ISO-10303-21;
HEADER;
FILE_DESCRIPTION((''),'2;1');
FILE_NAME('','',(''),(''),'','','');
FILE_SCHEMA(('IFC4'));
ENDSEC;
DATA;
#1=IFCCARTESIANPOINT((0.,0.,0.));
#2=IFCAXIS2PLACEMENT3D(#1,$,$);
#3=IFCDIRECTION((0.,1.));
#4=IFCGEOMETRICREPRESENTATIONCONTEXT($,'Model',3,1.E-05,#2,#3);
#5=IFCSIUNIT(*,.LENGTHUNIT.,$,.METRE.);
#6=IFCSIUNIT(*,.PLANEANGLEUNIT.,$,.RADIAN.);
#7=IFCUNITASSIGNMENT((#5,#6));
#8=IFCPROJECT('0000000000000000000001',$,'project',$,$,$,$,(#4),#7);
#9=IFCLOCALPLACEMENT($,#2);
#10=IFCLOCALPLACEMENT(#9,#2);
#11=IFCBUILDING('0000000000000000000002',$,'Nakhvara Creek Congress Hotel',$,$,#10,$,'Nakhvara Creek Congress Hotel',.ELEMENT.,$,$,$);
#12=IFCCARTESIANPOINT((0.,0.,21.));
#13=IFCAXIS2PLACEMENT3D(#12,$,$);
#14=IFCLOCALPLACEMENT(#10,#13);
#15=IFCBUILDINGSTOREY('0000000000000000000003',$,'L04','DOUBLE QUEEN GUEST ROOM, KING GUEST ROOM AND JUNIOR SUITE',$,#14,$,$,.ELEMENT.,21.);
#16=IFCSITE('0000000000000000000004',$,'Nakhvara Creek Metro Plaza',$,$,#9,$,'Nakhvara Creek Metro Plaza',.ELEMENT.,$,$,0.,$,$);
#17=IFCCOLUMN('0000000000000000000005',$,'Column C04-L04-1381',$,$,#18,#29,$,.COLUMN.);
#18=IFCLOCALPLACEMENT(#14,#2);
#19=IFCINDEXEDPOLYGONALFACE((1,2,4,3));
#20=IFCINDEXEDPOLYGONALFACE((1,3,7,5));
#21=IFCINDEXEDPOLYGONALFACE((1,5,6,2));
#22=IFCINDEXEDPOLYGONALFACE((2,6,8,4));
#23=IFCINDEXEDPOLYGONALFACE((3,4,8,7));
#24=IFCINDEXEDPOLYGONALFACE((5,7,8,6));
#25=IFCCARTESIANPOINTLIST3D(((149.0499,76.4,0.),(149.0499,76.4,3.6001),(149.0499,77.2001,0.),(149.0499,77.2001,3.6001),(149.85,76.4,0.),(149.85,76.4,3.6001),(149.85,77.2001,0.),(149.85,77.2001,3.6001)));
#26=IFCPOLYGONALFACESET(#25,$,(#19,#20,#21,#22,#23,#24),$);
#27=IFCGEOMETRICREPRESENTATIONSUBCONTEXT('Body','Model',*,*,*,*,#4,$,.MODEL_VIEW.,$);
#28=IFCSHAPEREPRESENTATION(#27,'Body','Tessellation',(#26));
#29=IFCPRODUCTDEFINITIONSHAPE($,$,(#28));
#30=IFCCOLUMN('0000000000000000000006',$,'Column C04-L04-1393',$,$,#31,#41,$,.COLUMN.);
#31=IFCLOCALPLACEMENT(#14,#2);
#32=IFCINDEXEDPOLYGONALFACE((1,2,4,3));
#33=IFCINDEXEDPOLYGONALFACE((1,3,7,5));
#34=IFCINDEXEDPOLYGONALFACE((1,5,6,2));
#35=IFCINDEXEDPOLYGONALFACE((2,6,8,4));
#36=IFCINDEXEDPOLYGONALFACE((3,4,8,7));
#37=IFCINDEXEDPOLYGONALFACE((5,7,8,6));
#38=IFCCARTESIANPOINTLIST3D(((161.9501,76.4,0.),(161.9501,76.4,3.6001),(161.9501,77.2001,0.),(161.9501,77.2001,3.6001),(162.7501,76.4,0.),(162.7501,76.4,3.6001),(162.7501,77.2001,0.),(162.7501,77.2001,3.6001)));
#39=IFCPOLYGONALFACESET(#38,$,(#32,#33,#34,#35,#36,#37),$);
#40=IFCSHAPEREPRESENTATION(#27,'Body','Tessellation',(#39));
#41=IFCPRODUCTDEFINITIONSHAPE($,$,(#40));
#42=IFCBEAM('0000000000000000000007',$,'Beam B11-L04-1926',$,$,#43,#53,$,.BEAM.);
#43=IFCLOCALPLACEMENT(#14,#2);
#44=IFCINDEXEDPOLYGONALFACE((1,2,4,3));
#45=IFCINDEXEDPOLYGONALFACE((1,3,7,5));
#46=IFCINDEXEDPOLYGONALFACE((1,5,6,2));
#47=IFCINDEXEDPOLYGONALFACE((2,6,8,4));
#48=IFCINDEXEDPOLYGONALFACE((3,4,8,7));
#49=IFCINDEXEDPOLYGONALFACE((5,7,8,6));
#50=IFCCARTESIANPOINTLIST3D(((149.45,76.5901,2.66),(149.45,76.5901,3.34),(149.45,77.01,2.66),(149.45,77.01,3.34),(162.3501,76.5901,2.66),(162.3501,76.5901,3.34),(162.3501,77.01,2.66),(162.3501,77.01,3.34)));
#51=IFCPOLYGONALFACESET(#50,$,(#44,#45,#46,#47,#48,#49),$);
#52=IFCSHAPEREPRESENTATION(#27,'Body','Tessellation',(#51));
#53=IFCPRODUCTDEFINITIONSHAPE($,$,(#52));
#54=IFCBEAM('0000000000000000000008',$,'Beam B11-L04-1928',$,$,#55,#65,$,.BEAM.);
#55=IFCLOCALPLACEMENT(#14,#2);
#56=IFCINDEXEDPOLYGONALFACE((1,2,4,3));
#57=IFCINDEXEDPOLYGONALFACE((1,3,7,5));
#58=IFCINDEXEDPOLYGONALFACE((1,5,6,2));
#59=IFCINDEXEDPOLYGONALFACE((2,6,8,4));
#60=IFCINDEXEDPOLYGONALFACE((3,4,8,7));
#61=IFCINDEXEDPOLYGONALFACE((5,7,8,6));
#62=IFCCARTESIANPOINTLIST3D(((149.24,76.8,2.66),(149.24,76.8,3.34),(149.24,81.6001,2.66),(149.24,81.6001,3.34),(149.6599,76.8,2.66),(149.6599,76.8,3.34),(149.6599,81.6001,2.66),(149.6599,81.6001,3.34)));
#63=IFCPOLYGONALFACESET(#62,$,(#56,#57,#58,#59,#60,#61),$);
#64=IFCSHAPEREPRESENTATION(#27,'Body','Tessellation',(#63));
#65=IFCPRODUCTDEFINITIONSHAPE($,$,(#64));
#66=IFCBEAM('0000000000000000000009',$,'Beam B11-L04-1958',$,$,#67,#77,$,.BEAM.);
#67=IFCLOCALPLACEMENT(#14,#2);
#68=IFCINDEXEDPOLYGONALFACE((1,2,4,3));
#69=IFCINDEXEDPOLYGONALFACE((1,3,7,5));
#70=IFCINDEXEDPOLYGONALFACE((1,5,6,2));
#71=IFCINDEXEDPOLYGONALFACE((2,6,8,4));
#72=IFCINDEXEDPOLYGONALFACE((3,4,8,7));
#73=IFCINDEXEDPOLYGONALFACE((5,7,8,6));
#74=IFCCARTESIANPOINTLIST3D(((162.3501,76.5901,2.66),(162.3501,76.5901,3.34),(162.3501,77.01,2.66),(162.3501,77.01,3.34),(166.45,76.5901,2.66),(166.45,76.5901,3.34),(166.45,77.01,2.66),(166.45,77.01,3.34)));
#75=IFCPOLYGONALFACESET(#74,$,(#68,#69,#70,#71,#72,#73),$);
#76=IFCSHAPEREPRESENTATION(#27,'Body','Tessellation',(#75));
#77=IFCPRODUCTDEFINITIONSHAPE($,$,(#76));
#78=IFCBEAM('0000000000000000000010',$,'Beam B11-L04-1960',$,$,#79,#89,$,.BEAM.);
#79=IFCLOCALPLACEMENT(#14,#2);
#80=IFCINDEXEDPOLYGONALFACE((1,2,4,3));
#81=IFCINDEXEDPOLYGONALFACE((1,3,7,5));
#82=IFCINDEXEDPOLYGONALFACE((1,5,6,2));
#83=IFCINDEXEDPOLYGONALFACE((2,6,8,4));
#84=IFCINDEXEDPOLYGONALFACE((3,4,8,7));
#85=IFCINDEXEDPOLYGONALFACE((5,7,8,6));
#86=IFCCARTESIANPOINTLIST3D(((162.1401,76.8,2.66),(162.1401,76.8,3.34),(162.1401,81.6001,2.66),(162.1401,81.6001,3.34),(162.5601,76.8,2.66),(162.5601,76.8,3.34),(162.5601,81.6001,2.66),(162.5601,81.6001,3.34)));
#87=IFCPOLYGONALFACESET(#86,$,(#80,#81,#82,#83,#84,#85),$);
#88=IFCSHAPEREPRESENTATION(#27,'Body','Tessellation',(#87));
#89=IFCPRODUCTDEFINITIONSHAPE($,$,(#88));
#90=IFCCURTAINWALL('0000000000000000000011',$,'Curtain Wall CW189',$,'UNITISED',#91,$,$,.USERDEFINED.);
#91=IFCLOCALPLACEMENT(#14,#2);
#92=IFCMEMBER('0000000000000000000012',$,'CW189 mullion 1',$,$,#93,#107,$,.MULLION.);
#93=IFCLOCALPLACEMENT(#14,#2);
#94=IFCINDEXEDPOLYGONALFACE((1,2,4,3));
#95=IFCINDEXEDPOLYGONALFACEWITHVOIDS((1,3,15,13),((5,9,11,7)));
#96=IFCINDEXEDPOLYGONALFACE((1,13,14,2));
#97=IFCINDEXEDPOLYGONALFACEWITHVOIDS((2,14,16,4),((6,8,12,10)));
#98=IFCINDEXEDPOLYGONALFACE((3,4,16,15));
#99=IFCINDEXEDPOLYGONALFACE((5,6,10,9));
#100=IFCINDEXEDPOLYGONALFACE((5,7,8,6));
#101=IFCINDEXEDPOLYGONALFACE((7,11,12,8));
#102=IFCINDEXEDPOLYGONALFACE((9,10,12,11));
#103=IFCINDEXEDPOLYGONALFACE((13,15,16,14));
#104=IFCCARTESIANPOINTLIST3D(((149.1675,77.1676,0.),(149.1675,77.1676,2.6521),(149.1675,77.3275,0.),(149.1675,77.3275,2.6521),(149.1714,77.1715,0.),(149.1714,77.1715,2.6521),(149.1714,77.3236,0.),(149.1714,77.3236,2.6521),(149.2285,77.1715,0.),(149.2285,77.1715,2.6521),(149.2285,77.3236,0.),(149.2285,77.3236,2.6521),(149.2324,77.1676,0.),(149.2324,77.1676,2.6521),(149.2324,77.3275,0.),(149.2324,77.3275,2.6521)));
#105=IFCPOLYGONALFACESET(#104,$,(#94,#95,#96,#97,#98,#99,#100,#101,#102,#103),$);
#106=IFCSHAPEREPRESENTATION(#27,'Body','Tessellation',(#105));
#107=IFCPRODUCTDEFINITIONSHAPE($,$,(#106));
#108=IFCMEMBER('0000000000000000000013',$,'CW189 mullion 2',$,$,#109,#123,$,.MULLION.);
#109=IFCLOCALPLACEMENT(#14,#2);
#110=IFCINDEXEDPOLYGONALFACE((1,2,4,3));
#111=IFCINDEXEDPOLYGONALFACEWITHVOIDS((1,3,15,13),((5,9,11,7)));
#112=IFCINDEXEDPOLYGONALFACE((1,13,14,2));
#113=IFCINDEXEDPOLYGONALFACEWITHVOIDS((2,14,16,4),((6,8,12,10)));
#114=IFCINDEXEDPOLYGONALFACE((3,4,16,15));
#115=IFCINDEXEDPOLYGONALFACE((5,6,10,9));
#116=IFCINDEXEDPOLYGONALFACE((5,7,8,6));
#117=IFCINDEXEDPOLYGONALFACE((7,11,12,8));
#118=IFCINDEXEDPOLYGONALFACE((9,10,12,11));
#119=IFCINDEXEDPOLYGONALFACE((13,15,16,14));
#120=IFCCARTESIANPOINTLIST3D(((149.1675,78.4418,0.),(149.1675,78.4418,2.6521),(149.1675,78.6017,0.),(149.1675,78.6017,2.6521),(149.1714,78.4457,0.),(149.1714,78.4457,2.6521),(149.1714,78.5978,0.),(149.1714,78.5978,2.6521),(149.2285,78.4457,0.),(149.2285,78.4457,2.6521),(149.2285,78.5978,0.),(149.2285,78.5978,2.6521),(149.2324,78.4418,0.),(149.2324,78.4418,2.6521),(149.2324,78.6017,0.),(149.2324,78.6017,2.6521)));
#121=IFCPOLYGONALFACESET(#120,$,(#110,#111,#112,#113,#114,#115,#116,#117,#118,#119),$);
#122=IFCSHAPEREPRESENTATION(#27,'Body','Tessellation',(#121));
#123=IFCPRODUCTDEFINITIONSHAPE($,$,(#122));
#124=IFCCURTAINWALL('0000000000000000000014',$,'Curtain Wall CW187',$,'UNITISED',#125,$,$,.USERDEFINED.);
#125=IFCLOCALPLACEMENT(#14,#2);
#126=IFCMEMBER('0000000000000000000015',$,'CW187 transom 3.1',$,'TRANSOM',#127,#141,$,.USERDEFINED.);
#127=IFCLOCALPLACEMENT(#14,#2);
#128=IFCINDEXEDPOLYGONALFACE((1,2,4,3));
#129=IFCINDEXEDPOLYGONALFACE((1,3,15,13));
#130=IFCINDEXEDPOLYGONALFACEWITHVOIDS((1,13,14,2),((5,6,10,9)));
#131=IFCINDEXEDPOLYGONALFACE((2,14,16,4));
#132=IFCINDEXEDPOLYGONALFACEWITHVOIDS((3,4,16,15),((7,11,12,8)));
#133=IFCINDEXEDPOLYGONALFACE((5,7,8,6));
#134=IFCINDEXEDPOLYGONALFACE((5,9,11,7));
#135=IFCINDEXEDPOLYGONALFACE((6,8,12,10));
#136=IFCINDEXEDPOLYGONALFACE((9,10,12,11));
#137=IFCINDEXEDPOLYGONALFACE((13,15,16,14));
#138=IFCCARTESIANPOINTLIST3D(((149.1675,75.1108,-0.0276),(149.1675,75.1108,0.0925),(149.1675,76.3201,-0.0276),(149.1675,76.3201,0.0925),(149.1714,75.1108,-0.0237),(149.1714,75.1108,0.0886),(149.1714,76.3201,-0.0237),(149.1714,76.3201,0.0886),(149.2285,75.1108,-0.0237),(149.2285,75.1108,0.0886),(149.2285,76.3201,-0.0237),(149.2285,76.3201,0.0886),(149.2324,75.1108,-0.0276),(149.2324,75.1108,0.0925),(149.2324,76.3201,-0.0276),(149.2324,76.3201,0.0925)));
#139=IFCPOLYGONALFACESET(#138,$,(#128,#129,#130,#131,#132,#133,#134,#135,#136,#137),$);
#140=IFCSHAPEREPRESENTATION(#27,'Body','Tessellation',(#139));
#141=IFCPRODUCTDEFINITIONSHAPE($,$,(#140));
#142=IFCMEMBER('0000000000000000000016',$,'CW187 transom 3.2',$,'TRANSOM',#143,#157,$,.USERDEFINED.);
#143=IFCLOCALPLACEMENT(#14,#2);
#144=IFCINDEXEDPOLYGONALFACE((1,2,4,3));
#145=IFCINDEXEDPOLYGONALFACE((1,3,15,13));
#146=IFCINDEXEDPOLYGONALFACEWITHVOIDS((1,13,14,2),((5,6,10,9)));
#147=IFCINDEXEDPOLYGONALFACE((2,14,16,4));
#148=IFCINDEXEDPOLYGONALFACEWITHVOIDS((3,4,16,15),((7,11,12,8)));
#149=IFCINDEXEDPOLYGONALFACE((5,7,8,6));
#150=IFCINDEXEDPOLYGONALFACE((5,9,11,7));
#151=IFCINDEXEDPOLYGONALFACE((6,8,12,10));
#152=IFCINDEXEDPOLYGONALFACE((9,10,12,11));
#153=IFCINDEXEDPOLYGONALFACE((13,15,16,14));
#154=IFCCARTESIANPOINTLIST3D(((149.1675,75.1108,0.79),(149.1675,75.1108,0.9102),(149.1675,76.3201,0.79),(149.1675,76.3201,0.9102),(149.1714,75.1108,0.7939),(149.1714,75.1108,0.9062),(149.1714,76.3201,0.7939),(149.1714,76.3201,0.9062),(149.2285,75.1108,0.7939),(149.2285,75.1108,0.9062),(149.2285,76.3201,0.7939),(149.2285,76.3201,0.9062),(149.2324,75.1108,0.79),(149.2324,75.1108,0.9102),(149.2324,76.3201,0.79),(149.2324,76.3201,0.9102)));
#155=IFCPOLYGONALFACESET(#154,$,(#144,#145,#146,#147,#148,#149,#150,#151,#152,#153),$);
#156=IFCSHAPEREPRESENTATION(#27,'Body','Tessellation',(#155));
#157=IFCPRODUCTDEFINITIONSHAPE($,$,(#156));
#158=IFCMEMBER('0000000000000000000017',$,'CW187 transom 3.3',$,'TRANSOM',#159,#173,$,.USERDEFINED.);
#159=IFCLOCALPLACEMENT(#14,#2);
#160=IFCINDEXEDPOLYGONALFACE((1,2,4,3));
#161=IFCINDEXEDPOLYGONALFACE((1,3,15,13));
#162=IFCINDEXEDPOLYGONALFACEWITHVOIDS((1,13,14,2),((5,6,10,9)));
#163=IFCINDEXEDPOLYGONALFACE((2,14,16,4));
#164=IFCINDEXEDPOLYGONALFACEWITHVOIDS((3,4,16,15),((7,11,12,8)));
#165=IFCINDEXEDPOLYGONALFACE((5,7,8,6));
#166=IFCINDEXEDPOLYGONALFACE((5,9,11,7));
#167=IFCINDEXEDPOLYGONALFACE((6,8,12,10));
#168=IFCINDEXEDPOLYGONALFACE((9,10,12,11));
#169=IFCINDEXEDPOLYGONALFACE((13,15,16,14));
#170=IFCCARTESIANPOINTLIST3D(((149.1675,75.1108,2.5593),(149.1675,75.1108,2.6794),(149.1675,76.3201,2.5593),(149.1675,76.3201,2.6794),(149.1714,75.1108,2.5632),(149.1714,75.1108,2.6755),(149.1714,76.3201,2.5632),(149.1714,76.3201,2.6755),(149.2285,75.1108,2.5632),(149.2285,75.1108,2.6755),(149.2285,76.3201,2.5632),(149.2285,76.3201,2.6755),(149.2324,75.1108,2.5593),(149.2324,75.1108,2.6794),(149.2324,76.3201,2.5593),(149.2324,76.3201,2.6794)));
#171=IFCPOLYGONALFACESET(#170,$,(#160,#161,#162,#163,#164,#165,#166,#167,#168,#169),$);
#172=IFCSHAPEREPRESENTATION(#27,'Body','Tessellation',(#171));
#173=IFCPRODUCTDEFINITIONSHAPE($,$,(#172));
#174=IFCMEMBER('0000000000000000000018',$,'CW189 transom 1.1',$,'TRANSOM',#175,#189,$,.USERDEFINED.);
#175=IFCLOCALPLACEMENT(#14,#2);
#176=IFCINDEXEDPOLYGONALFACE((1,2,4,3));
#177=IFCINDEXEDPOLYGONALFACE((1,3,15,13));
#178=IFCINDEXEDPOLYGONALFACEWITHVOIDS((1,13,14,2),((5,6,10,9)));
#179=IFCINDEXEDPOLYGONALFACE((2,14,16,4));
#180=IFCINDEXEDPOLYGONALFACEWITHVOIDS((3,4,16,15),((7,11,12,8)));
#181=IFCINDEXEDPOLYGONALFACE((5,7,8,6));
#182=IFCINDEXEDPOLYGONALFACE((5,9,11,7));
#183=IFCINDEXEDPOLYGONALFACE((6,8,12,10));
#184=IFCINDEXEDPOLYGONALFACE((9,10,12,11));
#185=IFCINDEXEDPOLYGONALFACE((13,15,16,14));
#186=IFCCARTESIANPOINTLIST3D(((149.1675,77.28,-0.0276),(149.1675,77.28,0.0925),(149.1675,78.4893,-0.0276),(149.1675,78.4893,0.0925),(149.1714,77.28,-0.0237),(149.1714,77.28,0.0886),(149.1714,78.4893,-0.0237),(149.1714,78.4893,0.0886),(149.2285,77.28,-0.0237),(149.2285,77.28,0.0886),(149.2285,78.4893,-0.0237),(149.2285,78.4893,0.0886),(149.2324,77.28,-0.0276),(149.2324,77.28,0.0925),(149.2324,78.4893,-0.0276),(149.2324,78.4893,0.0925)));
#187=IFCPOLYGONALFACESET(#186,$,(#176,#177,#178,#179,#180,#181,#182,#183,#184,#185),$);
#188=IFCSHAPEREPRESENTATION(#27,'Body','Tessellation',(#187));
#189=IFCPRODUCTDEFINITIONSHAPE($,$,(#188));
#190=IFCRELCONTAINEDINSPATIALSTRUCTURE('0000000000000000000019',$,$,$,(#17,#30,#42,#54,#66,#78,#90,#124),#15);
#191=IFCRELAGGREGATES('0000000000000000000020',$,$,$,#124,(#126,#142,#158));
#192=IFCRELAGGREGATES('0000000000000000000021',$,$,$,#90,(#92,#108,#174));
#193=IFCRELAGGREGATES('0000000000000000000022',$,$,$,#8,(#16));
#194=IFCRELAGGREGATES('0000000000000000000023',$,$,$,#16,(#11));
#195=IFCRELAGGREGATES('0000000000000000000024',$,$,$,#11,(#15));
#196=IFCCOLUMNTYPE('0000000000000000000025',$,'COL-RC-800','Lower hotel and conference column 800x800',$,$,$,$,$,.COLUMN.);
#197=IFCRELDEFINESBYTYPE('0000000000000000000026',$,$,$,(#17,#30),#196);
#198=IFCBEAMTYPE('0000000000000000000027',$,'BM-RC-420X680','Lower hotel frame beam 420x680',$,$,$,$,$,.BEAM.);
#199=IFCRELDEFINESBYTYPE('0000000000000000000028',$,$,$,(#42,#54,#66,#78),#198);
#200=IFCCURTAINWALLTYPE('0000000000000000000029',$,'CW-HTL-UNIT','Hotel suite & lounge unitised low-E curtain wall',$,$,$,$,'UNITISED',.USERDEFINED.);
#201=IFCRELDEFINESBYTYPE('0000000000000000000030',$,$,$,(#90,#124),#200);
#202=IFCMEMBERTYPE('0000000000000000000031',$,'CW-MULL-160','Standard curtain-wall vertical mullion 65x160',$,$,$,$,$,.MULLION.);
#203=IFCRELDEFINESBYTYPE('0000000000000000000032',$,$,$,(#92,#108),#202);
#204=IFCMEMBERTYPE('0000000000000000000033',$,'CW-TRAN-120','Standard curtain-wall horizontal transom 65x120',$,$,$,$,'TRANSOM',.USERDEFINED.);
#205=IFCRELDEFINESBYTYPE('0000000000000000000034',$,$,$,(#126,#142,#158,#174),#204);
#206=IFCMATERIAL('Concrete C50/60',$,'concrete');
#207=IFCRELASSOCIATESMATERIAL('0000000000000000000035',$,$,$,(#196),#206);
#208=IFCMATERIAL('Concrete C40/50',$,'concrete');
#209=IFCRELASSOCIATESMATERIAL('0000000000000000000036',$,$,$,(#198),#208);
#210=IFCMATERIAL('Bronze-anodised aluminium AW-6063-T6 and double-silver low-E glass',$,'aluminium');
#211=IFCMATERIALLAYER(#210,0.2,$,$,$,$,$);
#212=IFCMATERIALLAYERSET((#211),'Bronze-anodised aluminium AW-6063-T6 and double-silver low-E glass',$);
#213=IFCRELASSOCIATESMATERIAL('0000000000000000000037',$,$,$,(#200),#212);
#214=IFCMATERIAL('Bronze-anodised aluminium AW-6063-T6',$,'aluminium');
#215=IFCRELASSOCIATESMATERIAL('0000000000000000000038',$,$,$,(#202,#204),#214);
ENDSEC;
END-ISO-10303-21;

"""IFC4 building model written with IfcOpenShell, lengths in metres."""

from ifc_helpers import new_model, si_unit, direction, frame, origin, origin_2d, place, context, subcontext, project, spatial, rectangle, hollow_rectangle, extrude, material, layer, layer_set, material_profile, profile_set, type_object, element, aggregate, save


model = new_model("IFC4")

# Units and contexts
model_context = context("Model", 3, precision=1e-05, world=origin(), true_north=direction((0.0, 1.0)))
body_context = subcontext(model_context, "Body", "Model", "MODEL_VIEW")
ifc_project = project(units=[si_unit("LENGTHUNIT", "METRE"), si_unit("PLANEANGLEUNIT", "RADIAN")], contexts=[model_context])

# Site, building, storey
site_placement = place(None, origin())
site = spatial("IfcSite", under=ifc_project, at=site_placement, Name="Nakhvara Creek Metro Plaza", LongName="Nakhvara Creek Metro Plaza", CompositionType="ELEMENT", RefElevation=0.0)
building_placement = place(site_placement, origin())
building = spatial("IfcBuilding", under=site, at=building_placement, Name="Nakhvara Creek Congress Hotel", LongName="Nakhvara Creek Congress Hotel", CompositionType="ELEMENT")
storey_placement = place(building_placement, frame((0.0, 0.0, 21.0)))
storey = spatial("IfcBuildingStorey", under=building, at=storey_placement, Name="L04", Description="DOUBLE QUEEN GUEST ROOM, KING GUEST ROOM AND JUNIOR SUITE", CompositionType="ELEMENT", Elevation=21.0)

# Columns
ifc_material_1 = material(Name="Concrete C50/60", Category="concrete")
ifc_material_profile_1 = material_profile(ifc_material_1, rectangle(XDim=0.8, YDim=0.8, at=origin_2d()), Name="RC-COL 800x800", Category="LoadBearing")
ifc_profile_set_1 = profile_set([ifc_material_profile_1], Name="Concrete C50/60")
column_type = type_object("IfcColumnType", Name="COL-RC-800", Description="Lower hotel and conference column 800x800", PredefinedType="COLUMN", material=ifc_profile_set_1)
for number, where, z_axis, x_axis, name in (
    (1, (149.45, 76.8, 0.0), (0.0, 0.0, 1.0), (1.0, 0.0, 0.0), "Column C04-L04-1381"),
    (2, (162.3501, 76.8, 0.0), (0.0, 0.0, 1.0), (1.0, 0.0, 0.0), "Column C04-L04-1393"),
):
    element("IfcColumn", number, at=place(storey_placement, frame(where, z_axis=z_axis, x_axis=x_axis)), inside=storey, type_object=column_type, Name=name, PredefinedType="COLUMN", context=body_context, shape_type="SweptSolid", body=[
        extrude(rectangle(XDim=0.8, YDim=0.8, at=origin_2d()), origin(), (0.0, 0.0, 1.0), 3.6001),
    ])

# Beams
ifc_material_2 = material(Name="Concrete C40/50", Category="concrete")
ifc_material_profile_2 = material_profile(ifc_material_2, rectangle(XDim=0.4199, YDim=0.6799, at=origin_2d()), Name="RC-BM 420x680", Category="LoadBearing")
ifc_profile_set_2 = profile_set([ifc_material_profile_2], Name="Concrete C40/50")
beam_type = type_object("IfcBeamType", Name="BM-RC-420X680", Description="Lower hotel frame beam 420x680", PredefinedType="BEAM", material=ifc_profile_set_2)
beam_1_placement = place(storey_placement, frame((149.45, 76.8, 3.0), z_axis=(1.0, 0.0, 0.0), x_axis=(0.0, 1.0, 0.0)))
element("IfcBeam", 3, at=beam_1_placement, inside=storey, type_object=beam_type, Name="Beam B11-L04-1926", PredefinedType="BEAM", context=body_context, shape_type="SweptSolid", body=[
    extrude(rectangle(XDim=0.4199, YDim=0.6799, at=origin_2d()), origin(), (0.0, 0.0, 1.0), 12.9001),
])
beam_2_placement = place(storey_placement, frame((149.45, 76.8, 3.0), z_axis=(0.0, 1.0, 0.0), x_axis=(-1.0, 0.0, 0.0)))
element("IfcBeam", 4, at=beam_2_placement, inside=storey, type_object=beam_type, Name="Beam B11-L04-1928", PredefinedType="BEAM", context=body_context, shape_type="SweptSolid", body=[
    extrude(rectangle(XDim=0.4199, YDim=0.6799, at=origin_2d()), origin(), (0.0, 0.0, 1.0), 4.8),
])
beam_3_placement = place(storey_placement, frame((162.3501, 76.8, 3.0), z_axis=(1.0, 0.0, 0.0), x_axis=(0.0, 1.0, 0.0)))
element("IfcBeam", 5, at=beam_3_placement, inside=storey, type_object=beam_type, Name="Beam B11-L04-1958", PredefinedType="BEAM", context=body_context, shape_type="SweptSolid", body=[
    extrude(rectangle(XDim=0.4199, YDim=0.6799, at=origin_2d()), origin(), (0.0, 0.0, 1.0), 4.0999),
])
beam_4_placement = place(storey_placement, frame((162.3501, 76.8, 3.0), z_axis=(0.0, 1.0, 0.0), x_axis=(-1.0, 0.0, 0.0)))
element("IfcBeam", 6, at=beam_4_placement, inside=storey, type_object=beam_type, Name="Beam B11-L04-1960", PredefinedType="BEAM", context=body_context, shape_type="SweptSolid", body=[
    extrude(rectangle(XDim=0.4199, YDim=0.6799, at=origin_2d()), origin(), (0.0, 0.0, 1.0), 4.8),
])

# Curtain walls, members
ifc_material_3 = material(Name="Bronze-anodised aluminium AW-6063-T6 and double-silver low-E glass", Category="aluminium")
ifc_layer_1 = layer(ifc_material_3, 0.2)
ifc_layer_set_1 = layer_set([ifc_layer_1], Name="Bronze-anodised aluminium AW-6063-T6 and double-silver low-E glass")
curtain_wall_type = type_object("IfcCurtainWallType", Name="CW-HTL-UNIT", Description="Hotel suite & lounge unitised low-E curtain wall", ElementType="UNITISED", PredefinedType="USERDEFINED", material=ifc_layer_set_1)
curtain_wall_1_placement = place(storey_placement, origin())
curtain_wall_1 = element("IfcCurtainWall", 7, at=curtain_wall_1_placement, inside=storey, type_object=curtain_wall_type, Name="Curtain Wall CW189", ObjectType="UNITISED", PredefinedType="USERDEFINED")
ifc_material_4 = material(Name="Bronze-anodised aluminium AW-6063-T6", Category="aluminium")
ifc_material_profile_3 = material_profile(ifc_material_4, hollow_rectangle(XDim=0.0649, YDim=0.1599, WallThickness=0.0039, at=origin_2d()), Name="ALU-MULL 65x160x4", Category="LoadBearing")
ifc_profile_set_3 = profile_set([ifc_material_profile_3], Name="Bronze-anodised aluminium AW-6063-T6")
member_type_1 = type_object("IfcMemberType", Name="CW-MULL-160", Description="Standard curtain-wall vertical mullion 65x160", PredefinedType="MULLION", material=ifc_profile_set_3)
member_1_placement = place(storey_placement, frame((149.2, 77.2476, 0.0), z_axis=(0.0, 0.0, 1.0), x_axis=(-1.0, 0.0, 0.0)))
member_1 = element("IfcMember", 8, at=member_1_placement, type_object=member_type_1, Name="CW189 mullion 1", PredefinedType="MULLION", context=body_context, shape_type="SweptSolid", body=[
    extrude(hollow_rectangle(XDim=0.0649, YDim=0.1599, WallThickness=0.0039, at=origin_2d()), origin(), (0.0, 0.0, 1.0), 2.6521),
])
member_2_placement = place(storey_placement, frame((149.2, 78.5217, 0.0), z_axis=(0.0, 0.0, 1.0), x_axis=(-1.0, 0.0, 0.0)))
member_2 = element("IfcMember", 9, at=member_2_placement, type_object=member_type_1, Name="CW189 mullion 2", PredefinedType="MULLION", context=body_context, shape_type="SweptSolid", body=[
    extrude(hollow_rectangle(XDim=0.0649, YDim=0.1599, WallThickness=0.0039, at=origin_2d()), origin(), (0.0, 0.0, 1.0), 2.6521),
])
curtain_wall_2_placement = place(storey_placement, origin())
curtain_wall_2 = element("IfcCurtainWall", 10, at=curtain_wall_2_placement, inside=storey, type_object=curtain_wall_type, Name="Curtain Wall CW187", ObjectType="UNITISED", PredefinedType="USERDEFINED")
ifc_material_profile_4 = material_profile(ifc_material_4, hollow_rectangle(XDim=0.0649, YDim=0.1201, WallThickness=0.0039, at=origin_2d()), Name="ALU-TRAN 65x120x4", Category="LoadBearing")
ifc_profile_set_4 = profile_set([ifc_material_profile_4], Name="Bronze-anodised aluminium AW-6063-T6")
member_type_2 = type_object("IfcMemberType", Name="CW-TRAN-120", Description="Standard curtain-wall horizontal transom 65x120", ElementType="TRANSOM", PredefinedType="USERDEFINED", material=ifc_profile_set_4)
member_3_placement = place(storey_placement, frame((149.2, 75.1108, 0.0325), z_axis=(0.0, 1.0, 0.0), x_axis=(-1.0, 0.0, 0.0)))
member_3 = element("IfcMember", 11, at=member_3_placement, type_object=member_type_2, Name="CW187 transom 3.1", ObjectType="TRANSOM", PredefinedType="USERDEFINED", context=body_context, shape_type="SweptSolid", body=[
    extrude(hollow_rectangle(XDim=0.0649, YDim=0.1201, WallThickness=0.0039, at=origin_2d()), origin(), (0.0, 0.0, 1.0), 1.2092),
])
member_4_placement = place(storey_placement, frame((149.2, 75.1108, 0.8501), z_axis=(0.0, 1.0, 0.0), x_axis=(-1.0, 0.0, 0.0)))
member_4 = element("IfcMember", 12, at=member_4_placement, type_object=member_type_2, Name="CW187 transom 3.2", ObjectType="TRANSOM", PredefinedType="USERDEFINED", context=body_context, shape_type="SweptSolid", body=[
    extrude(hollow_rectangle(XDim=0.0649, YDim=0.1201, WallThickness=0.0039, at=origin_2d()), origin(), (0.0, 0.0, 1.0), 1.2092),
])
member_5_placement = place(storey_placement, frame((149.2, 75.1108, 2.6194), z_axis=(0.0, 1.0, 0.0), x_axis=(-1.0, 0.0, 0.0)))
member_5 = element("IfcMember", 13, at=member_5_placement, type_object=member_type_2, Name="CW187 transom 3.3", ObjectType="TRANSOM", PredefinedType="USERDEFINED", context=body_context, shape_type="SweptSolid", body=[
    extrude(hollow_rectangle(XDim=0.0649, YDim=0.1201, WallThickness=0.0039, at=origin_2d()), origin(), (0.0, 0.0, 1.0), 1.2092),
])

# Member
member_6_placement = place(storey_placement, frame((149.2, 77.28, 0.0325), z_axis=(0.0, 1.0, 0.0), x_axis=(-1.0, 0.0, 0.0)))
member_6 = element("IfcMember", 14, at=member_6_placement, type_object=member_type_2, Name="CW189 transom 1.1", ObjectType="TRANSOM", PredefinedType="USERDEFINED", context=body_context, shape_type="SweptSolid", body=[
    extrude(hollow_rectangle(XDim=0.0649, YDim=0.1201, WallThickness=0.0039, at=origin_2d()), origin(), (0.0, 0.0, 1.0), 1.2092),
])

aggregate(curtain_wall_2, [member_3, member_4, member_5])
aggregate(curtain_wall_1, [member_1, member_2, member_6])

save(model, "model.ifc")
